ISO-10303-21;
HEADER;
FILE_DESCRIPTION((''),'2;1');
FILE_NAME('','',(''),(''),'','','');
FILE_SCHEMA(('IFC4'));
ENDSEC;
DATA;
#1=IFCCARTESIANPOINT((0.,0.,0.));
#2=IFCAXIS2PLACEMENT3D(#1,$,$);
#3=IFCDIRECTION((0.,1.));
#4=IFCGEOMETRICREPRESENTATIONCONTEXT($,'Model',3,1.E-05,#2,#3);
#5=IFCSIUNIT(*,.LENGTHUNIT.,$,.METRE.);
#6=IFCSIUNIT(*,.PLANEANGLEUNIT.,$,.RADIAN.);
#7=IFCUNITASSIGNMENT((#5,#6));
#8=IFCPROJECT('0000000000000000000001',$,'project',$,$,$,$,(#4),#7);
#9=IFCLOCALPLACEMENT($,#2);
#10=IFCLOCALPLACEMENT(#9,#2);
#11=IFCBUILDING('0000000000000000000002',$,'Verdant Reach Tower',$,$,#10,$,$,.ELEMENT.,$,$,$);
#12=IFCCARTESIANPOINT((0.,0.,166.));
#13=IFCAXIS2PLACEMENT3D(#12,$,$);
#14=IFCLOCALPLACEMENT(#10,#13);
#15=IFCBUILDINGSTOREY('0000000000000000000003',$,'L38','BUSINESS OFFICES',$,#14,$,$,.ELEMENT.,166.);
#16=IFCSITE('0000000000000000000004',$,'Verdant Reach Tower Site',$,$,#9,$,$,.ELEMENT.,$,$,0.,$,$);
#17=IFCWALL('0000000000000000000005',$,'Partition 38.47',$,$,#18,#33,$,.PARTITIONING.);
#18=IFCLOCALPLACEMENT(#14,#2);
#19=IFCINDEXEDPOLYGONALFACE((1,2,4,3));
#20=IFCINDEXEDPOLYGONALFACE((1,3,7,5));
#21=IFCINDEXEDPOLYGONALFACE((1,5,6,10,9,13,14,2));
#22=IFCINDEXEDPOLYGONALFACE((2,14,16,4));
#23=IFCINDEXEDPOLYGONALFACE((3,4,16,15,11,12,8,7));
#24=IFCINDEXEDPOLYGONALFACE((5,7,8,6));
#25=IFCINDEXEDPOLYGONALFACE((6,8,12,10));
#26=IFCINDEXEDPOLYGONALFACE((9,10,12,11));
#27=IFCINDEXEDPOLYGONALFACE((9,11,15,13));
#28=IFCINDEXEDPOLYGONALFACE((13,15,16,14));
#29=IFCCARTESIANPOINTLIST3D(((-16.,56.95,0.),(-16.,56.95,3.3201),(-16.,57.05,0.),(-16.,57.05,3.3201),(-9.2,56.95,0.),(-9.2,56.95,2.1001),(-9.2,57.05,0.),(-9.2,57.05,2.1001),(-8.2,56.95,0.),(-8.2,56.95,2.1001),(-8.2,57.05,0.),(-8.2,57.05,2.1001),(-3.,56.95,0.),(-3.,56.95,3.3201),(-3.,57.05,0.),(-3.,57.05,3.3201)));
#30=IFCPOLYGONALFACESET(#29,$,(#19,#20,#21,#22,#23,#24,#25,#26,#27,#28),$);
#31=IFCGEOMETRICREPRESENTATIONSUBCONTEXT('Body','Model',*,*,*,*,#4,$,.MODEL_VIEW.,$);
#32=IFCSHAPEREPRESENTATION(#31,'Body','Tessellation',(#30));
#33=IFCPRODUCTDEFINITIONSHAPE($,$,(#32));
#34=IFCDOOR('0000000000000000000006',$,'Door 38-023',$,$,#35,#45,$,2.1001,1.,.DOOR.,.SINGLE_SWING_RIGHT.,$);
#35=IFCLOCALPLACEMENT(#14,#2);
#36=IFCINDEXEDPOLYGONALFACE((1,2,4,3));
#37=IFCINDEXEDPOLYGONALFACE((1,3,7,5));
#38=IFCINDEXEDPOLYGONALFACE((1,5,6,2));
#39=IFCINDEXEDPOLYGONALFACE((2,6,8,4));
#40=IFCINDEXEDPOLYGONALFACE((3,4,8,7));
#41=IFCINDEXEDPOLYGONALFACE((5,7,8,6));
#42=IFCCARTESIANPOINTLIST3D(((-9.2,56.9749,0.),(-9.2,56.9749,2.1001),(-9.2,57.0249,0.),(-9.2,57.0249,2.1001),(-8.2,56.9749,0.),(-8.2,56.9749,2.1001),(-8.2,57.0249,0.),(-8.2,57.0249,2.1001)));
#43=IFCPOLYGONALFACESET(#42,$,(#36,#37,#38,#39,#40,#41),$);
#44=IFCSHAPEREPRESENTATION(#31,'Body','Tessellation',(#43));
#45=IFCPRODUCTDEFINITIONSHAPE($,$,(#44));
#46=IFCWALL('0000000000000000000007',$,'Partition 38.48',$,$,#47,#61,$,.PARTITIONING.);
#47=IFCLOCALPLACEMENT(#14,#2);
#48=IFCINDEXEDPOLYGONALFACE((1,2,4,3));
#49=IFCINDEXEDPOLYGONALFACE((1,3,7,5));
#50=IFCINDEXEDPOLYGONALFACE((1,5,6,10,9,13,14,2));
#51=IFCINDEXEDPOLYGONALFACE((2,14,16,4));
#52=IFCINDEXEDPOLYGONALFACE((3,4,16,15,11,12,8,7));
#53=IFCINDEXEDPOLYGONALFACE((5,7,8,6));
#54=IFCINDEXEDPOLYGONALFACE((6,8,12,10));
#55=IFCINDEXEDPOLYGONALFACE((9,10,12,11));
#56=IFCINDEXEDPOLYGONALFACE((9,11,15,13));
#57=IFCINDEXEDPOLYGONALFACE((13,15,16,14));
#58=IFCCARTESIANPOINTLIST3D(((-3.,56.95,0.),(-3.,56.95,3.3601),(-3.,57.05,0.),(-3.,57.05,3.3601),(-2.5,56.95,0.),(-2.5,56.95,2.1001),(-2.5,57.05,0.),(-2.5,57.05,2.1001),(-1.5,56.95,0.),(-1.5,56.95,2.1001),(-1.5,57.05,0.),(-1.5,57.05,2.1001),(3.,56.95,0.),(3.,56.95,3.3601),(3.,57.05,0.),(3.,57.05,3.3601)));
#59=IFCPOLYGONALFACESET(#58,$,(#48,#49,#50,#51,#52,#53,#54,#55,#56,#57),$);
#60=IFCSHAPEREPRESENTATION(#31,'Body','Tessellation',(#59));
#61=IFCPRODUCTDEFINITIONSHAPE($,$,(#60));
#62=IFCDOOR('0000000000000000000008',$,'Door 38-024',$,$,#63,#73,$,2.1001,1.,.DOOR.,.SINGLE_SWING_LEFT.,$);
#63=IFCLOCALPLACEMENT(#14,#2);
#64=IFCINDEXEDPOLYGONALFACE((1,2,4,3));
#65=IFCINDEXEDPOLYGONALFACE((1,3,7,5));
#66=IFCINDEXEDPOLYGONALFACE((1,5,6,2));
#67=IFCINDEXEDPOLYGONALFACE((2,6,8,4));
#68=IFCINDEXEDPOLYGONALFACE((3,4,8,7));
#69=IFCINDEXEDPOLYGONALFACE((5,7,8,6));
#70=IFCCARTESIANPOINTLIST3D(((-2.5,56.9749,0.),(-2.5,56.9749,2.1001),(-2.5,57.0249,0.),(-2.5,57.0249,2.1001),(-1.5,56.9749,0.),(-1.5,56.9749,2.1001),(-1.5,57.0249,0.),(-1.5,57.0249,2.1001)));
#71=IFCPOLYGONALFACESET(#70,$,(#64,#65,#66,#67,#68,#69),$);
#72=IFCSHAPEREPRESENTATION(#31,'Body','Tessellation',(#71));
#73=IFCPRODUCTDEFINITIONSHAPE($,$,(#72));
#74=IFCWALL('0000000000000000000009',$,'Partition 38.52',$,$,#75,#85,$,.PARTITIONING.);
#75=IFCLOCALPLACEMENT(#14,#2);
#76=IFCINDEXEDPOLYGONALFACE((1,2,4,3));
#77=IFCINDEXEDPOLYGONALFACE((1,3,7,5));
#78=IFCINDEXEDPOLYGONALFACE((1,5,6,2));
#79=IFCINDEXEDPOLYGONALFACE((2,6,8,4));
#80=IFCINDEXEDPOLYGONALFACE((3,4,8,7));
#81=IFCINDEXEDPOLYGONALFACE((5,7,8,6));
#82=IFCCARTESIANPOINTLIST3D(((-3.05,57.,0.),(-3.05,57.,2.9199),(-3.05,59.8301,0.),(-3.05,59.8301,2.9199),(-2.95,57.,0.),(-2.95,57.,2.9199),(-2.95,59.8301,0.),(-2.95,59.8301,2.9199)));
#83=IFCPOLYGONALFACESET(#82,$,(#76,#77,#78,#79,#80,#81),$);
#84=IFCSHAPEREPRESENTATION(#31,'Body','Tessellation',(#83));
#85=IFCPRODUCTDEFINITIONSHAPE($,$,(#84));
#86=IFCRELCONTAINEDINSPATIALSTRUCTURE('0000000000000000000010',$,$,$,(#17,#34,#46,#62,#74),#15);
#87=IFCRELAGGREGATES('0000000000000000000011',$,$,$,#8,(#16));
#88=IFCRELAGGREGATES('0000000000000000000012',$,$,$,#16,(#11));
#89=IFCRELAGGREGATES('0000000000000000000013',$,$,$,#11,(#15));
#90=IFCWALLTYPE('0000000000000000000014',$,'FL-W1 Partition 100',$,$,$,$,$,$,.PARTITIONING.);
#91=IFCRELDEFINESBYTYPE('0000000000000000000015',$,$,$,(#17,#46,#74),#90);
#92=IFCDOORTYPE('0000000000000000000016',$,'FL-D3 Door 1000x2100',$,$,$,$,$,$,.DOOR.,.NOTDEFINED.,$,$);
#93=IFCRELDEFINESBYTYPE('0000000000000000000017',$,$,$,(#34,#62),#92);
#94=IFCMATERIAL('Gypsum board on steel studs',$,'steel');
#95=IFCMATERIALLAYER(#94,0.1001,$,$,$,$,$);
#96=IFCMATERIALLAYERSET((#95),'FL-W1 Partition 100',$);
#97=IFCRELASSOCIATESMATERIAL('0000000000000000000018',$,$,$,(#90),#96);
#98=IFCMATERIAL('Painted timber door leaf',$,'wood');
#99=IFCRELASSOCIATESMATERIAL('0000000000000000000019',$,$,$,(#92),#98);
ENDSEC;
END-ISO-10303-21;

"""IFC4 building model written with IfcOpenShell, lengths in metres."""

from ifc_helpers import new_model, si_unit, direction, frame, frame_2d, origin, place, context, subcontext, project, spatial, rectangle, extrude, material, layer, layer_set, type_object, element, fill, save


model = new_model("IFC4")

# Units and contexts
model_context = context("Model", 3, precision=1e-05, world=origin(), true_north=direction((0.0, 1.0)))
body_context = subcontext(model_context, "Body", "Model", "MODEL_VIEW")
ifc_project = project(units=[si_unit("LENGTHUNIT", "METRE"), si_unit("PLANEANGLEUNIT", "RADIAN")], contexts=[model_context])

# Site, building, storey
site_placement = place(None, origin())
site = spatial("IfcSite", under=ifc_project, at=site_placement, Name="Verdant Reach Tower Site", CompositionType="ELEMENT", RefElevation=0.0)
building_placement = place(site_placement, origin())
building = spatial("IfcBuilding", under=site, at=building_placement, Name="Verdant Reach Tower", CompositionType="ELEMENT")
storey_placement = place(building_placement, frame((0.0, 0.0, 166.0)))
storey = spatial("IfcBuildingStorey", under=building, at=storey_placement, Name="L38", Description="BUSINESS OFFICES", CompositionType="ELEMENT", Elevation=166.0)

# Shared definitions
ifc_material_1 = material(Name="Gypsum board on steel studs", Category="steel")
ifc_layer_1 = layer(ifc_material_1, 0.1001)
ifc_layer_set_1 = layer_set([ifc_layer_1], Name="FL-W1 Partition 100")
wall_type = type_object("IfcWallType", Name="FL-W1 Partition 100", PredefinedType="PARTITIONING", material=ifc_layer_set_1)

# Walls, openings, doors
wall_1_placement = place(storey_placement, frame((-16.0, 57.0, 0.0), z_axis=(0.0, 0.0, 1.0), x_axis=(1.0, 0.0, 0.0)))
wall_1 = element("IfcWall", 1, at=wall_1_placement, inside=storey, type_object=wall_type, Name="Partition 38.47", PredefinedType="PARTITIONING", context=body_context, shape_type="SweptSolid", body=[
    extrude(rectangle(XDim=13.0, YDim=0.1001, at=frame_2d((6.5, 0.0))), origin(), (0.0, 0.0, 1.0), 3.3201),
])
opening_1_placement = place(wall_1_placement, frame((6.8, 0.0, 0.0)))
opening_1 = element("IfcOpeningElement", 2, at=opening_1_placement, cuts=wall_1, PredefinedType="OPENING", context=body_context, shape_type="SweptSolid", body=[
    extrude(rectangle(XDim=1.0, YDim=2.1001, at=frame_2d((0.5, 1.05))), frame((0.0, 0.0601, 0.0), z_axis=(0.0, -1.0, 0.0), x_axis=(1.0, 0.0, 0.0)), (0.0, 0.0, 1.0), 0.1201),
])
ifc_material_2 = material(Name="Painted timber door leaf", Category="wood")
door_type = type_object("IfcDoorType", Name="FL-D3 Door 1000x2100", OperationType="NOTDEFINED", PredefinedType="DOOR", material=ifc_material_2)
door_1_placement = place(opening_1_placement, origin())
door_1 = element("IfcDoor", 3, at=door_1_placement, inside=storey, type_object=door_type, Name="Door 38-023", OperationType="SINGLE_SWING_RIGHT", OverallHeight=2.1001, OverallWidth=1.0, PredefinedType="DOOR", context=body_context, shape_type="SweptSolid", body=[
    extrude(rectangle(XDim=1.0, YDim=2.1001, at=frame_2d((0.5, 1.05))), frame((0.0, 0.0249, 0.0), z_axis=(0.0, -1.0, 0.0), x_axis=(1.0, 0.0, 0.0)), (0.0, 0.0, 1.0), 0.05),
])
fill(opening_1, door_1)
wall_2_placement = place(storey_placement, frame((-3.0, 57.0, 0.0), z_axis=(0.0, 0.0, 1.0), x_axis=(1.0, 0.0, 0.0)))
wall_2 = element("IfcWall", 4, at=wall_2_placement, inside=storey, type_object=wall_type, Name="Partition 38.48", PredefinedType="PARTITIONING", context=body_context, shape_type="SweptSolid", body=[
    extrude(rectangle(XDim=6.0, YDim=0.1001, at=frame_2d((3.0, 0.0))), origin(), (0.0, 0.0, 1.0), 3.3601),
])
opening_2_placement = place(wall_2_placement, frame((0.5, 0.0, 0.0)))
opening_2 = element("IfcOpeningElement", 5, at=opening_2_placement, cuts=wall_2, PredefinedType="OPENING", context=body_context, shape_type="SweptSolid", body=[
    extrude(rectangle(XDim=1.0, YDim=2.1001, at=frame_2d((0.5, 1.05))), frame((0.0, 0.0601, 0.0), z_axis=(0.0, -1.0, 0.0), x_axis=(1.0, 0.0, 0.0)), (0.0, 0.0, 1.0), 0.1201),
])
door_2_placement = place(opening_2_placement, origin())
door_2 = element("IfcDoor", 6, at=door_2_placement, inside=storey, type_object=door_type, Name="Door 38-024", OperationType="SINGLE_SWING_LEFT", OverallHeight=2.1001, OverallWidth=1.0, PredefinedType="DOOR", context=body_context, shape_type="SweptSolid", body=[
    extrude(rectangle(XDim=1.0, YDim=2.1001, at=frame_2d((0.5, 1.05))), frame((0.0, 0.0249, 0.0), z_axis=(0.0, -1.0, 0.0), x_axis=(1.0, 0.0, 0.0)), (0.0, 0.0, 1.0), 0.05),
])
fill(opening_2, door_2)

# Wall
wall_3_placement = place(storey_placement, frame((-3.0, 57.0, 0.0), z_axis=(0.0, 0.0, 1.0), x_axis=(0.0, 1.0, 0.0)))
element("IfcWall", 7, at=wall_3_placement, inside=storey, type_object=wall_type, Name="Partition 38.52", PredefinedType="PARTITIONING", context=body_context, shape_type="SweptSolid", body=[
    extrude(rectangle(XDim=2.8301, YDim=0.1001, at=frame_2d((1.415, 0.0))), origin(), (0.0, 0.0, 1.0), 2.9199),
])

save(model, "model.ifc")
